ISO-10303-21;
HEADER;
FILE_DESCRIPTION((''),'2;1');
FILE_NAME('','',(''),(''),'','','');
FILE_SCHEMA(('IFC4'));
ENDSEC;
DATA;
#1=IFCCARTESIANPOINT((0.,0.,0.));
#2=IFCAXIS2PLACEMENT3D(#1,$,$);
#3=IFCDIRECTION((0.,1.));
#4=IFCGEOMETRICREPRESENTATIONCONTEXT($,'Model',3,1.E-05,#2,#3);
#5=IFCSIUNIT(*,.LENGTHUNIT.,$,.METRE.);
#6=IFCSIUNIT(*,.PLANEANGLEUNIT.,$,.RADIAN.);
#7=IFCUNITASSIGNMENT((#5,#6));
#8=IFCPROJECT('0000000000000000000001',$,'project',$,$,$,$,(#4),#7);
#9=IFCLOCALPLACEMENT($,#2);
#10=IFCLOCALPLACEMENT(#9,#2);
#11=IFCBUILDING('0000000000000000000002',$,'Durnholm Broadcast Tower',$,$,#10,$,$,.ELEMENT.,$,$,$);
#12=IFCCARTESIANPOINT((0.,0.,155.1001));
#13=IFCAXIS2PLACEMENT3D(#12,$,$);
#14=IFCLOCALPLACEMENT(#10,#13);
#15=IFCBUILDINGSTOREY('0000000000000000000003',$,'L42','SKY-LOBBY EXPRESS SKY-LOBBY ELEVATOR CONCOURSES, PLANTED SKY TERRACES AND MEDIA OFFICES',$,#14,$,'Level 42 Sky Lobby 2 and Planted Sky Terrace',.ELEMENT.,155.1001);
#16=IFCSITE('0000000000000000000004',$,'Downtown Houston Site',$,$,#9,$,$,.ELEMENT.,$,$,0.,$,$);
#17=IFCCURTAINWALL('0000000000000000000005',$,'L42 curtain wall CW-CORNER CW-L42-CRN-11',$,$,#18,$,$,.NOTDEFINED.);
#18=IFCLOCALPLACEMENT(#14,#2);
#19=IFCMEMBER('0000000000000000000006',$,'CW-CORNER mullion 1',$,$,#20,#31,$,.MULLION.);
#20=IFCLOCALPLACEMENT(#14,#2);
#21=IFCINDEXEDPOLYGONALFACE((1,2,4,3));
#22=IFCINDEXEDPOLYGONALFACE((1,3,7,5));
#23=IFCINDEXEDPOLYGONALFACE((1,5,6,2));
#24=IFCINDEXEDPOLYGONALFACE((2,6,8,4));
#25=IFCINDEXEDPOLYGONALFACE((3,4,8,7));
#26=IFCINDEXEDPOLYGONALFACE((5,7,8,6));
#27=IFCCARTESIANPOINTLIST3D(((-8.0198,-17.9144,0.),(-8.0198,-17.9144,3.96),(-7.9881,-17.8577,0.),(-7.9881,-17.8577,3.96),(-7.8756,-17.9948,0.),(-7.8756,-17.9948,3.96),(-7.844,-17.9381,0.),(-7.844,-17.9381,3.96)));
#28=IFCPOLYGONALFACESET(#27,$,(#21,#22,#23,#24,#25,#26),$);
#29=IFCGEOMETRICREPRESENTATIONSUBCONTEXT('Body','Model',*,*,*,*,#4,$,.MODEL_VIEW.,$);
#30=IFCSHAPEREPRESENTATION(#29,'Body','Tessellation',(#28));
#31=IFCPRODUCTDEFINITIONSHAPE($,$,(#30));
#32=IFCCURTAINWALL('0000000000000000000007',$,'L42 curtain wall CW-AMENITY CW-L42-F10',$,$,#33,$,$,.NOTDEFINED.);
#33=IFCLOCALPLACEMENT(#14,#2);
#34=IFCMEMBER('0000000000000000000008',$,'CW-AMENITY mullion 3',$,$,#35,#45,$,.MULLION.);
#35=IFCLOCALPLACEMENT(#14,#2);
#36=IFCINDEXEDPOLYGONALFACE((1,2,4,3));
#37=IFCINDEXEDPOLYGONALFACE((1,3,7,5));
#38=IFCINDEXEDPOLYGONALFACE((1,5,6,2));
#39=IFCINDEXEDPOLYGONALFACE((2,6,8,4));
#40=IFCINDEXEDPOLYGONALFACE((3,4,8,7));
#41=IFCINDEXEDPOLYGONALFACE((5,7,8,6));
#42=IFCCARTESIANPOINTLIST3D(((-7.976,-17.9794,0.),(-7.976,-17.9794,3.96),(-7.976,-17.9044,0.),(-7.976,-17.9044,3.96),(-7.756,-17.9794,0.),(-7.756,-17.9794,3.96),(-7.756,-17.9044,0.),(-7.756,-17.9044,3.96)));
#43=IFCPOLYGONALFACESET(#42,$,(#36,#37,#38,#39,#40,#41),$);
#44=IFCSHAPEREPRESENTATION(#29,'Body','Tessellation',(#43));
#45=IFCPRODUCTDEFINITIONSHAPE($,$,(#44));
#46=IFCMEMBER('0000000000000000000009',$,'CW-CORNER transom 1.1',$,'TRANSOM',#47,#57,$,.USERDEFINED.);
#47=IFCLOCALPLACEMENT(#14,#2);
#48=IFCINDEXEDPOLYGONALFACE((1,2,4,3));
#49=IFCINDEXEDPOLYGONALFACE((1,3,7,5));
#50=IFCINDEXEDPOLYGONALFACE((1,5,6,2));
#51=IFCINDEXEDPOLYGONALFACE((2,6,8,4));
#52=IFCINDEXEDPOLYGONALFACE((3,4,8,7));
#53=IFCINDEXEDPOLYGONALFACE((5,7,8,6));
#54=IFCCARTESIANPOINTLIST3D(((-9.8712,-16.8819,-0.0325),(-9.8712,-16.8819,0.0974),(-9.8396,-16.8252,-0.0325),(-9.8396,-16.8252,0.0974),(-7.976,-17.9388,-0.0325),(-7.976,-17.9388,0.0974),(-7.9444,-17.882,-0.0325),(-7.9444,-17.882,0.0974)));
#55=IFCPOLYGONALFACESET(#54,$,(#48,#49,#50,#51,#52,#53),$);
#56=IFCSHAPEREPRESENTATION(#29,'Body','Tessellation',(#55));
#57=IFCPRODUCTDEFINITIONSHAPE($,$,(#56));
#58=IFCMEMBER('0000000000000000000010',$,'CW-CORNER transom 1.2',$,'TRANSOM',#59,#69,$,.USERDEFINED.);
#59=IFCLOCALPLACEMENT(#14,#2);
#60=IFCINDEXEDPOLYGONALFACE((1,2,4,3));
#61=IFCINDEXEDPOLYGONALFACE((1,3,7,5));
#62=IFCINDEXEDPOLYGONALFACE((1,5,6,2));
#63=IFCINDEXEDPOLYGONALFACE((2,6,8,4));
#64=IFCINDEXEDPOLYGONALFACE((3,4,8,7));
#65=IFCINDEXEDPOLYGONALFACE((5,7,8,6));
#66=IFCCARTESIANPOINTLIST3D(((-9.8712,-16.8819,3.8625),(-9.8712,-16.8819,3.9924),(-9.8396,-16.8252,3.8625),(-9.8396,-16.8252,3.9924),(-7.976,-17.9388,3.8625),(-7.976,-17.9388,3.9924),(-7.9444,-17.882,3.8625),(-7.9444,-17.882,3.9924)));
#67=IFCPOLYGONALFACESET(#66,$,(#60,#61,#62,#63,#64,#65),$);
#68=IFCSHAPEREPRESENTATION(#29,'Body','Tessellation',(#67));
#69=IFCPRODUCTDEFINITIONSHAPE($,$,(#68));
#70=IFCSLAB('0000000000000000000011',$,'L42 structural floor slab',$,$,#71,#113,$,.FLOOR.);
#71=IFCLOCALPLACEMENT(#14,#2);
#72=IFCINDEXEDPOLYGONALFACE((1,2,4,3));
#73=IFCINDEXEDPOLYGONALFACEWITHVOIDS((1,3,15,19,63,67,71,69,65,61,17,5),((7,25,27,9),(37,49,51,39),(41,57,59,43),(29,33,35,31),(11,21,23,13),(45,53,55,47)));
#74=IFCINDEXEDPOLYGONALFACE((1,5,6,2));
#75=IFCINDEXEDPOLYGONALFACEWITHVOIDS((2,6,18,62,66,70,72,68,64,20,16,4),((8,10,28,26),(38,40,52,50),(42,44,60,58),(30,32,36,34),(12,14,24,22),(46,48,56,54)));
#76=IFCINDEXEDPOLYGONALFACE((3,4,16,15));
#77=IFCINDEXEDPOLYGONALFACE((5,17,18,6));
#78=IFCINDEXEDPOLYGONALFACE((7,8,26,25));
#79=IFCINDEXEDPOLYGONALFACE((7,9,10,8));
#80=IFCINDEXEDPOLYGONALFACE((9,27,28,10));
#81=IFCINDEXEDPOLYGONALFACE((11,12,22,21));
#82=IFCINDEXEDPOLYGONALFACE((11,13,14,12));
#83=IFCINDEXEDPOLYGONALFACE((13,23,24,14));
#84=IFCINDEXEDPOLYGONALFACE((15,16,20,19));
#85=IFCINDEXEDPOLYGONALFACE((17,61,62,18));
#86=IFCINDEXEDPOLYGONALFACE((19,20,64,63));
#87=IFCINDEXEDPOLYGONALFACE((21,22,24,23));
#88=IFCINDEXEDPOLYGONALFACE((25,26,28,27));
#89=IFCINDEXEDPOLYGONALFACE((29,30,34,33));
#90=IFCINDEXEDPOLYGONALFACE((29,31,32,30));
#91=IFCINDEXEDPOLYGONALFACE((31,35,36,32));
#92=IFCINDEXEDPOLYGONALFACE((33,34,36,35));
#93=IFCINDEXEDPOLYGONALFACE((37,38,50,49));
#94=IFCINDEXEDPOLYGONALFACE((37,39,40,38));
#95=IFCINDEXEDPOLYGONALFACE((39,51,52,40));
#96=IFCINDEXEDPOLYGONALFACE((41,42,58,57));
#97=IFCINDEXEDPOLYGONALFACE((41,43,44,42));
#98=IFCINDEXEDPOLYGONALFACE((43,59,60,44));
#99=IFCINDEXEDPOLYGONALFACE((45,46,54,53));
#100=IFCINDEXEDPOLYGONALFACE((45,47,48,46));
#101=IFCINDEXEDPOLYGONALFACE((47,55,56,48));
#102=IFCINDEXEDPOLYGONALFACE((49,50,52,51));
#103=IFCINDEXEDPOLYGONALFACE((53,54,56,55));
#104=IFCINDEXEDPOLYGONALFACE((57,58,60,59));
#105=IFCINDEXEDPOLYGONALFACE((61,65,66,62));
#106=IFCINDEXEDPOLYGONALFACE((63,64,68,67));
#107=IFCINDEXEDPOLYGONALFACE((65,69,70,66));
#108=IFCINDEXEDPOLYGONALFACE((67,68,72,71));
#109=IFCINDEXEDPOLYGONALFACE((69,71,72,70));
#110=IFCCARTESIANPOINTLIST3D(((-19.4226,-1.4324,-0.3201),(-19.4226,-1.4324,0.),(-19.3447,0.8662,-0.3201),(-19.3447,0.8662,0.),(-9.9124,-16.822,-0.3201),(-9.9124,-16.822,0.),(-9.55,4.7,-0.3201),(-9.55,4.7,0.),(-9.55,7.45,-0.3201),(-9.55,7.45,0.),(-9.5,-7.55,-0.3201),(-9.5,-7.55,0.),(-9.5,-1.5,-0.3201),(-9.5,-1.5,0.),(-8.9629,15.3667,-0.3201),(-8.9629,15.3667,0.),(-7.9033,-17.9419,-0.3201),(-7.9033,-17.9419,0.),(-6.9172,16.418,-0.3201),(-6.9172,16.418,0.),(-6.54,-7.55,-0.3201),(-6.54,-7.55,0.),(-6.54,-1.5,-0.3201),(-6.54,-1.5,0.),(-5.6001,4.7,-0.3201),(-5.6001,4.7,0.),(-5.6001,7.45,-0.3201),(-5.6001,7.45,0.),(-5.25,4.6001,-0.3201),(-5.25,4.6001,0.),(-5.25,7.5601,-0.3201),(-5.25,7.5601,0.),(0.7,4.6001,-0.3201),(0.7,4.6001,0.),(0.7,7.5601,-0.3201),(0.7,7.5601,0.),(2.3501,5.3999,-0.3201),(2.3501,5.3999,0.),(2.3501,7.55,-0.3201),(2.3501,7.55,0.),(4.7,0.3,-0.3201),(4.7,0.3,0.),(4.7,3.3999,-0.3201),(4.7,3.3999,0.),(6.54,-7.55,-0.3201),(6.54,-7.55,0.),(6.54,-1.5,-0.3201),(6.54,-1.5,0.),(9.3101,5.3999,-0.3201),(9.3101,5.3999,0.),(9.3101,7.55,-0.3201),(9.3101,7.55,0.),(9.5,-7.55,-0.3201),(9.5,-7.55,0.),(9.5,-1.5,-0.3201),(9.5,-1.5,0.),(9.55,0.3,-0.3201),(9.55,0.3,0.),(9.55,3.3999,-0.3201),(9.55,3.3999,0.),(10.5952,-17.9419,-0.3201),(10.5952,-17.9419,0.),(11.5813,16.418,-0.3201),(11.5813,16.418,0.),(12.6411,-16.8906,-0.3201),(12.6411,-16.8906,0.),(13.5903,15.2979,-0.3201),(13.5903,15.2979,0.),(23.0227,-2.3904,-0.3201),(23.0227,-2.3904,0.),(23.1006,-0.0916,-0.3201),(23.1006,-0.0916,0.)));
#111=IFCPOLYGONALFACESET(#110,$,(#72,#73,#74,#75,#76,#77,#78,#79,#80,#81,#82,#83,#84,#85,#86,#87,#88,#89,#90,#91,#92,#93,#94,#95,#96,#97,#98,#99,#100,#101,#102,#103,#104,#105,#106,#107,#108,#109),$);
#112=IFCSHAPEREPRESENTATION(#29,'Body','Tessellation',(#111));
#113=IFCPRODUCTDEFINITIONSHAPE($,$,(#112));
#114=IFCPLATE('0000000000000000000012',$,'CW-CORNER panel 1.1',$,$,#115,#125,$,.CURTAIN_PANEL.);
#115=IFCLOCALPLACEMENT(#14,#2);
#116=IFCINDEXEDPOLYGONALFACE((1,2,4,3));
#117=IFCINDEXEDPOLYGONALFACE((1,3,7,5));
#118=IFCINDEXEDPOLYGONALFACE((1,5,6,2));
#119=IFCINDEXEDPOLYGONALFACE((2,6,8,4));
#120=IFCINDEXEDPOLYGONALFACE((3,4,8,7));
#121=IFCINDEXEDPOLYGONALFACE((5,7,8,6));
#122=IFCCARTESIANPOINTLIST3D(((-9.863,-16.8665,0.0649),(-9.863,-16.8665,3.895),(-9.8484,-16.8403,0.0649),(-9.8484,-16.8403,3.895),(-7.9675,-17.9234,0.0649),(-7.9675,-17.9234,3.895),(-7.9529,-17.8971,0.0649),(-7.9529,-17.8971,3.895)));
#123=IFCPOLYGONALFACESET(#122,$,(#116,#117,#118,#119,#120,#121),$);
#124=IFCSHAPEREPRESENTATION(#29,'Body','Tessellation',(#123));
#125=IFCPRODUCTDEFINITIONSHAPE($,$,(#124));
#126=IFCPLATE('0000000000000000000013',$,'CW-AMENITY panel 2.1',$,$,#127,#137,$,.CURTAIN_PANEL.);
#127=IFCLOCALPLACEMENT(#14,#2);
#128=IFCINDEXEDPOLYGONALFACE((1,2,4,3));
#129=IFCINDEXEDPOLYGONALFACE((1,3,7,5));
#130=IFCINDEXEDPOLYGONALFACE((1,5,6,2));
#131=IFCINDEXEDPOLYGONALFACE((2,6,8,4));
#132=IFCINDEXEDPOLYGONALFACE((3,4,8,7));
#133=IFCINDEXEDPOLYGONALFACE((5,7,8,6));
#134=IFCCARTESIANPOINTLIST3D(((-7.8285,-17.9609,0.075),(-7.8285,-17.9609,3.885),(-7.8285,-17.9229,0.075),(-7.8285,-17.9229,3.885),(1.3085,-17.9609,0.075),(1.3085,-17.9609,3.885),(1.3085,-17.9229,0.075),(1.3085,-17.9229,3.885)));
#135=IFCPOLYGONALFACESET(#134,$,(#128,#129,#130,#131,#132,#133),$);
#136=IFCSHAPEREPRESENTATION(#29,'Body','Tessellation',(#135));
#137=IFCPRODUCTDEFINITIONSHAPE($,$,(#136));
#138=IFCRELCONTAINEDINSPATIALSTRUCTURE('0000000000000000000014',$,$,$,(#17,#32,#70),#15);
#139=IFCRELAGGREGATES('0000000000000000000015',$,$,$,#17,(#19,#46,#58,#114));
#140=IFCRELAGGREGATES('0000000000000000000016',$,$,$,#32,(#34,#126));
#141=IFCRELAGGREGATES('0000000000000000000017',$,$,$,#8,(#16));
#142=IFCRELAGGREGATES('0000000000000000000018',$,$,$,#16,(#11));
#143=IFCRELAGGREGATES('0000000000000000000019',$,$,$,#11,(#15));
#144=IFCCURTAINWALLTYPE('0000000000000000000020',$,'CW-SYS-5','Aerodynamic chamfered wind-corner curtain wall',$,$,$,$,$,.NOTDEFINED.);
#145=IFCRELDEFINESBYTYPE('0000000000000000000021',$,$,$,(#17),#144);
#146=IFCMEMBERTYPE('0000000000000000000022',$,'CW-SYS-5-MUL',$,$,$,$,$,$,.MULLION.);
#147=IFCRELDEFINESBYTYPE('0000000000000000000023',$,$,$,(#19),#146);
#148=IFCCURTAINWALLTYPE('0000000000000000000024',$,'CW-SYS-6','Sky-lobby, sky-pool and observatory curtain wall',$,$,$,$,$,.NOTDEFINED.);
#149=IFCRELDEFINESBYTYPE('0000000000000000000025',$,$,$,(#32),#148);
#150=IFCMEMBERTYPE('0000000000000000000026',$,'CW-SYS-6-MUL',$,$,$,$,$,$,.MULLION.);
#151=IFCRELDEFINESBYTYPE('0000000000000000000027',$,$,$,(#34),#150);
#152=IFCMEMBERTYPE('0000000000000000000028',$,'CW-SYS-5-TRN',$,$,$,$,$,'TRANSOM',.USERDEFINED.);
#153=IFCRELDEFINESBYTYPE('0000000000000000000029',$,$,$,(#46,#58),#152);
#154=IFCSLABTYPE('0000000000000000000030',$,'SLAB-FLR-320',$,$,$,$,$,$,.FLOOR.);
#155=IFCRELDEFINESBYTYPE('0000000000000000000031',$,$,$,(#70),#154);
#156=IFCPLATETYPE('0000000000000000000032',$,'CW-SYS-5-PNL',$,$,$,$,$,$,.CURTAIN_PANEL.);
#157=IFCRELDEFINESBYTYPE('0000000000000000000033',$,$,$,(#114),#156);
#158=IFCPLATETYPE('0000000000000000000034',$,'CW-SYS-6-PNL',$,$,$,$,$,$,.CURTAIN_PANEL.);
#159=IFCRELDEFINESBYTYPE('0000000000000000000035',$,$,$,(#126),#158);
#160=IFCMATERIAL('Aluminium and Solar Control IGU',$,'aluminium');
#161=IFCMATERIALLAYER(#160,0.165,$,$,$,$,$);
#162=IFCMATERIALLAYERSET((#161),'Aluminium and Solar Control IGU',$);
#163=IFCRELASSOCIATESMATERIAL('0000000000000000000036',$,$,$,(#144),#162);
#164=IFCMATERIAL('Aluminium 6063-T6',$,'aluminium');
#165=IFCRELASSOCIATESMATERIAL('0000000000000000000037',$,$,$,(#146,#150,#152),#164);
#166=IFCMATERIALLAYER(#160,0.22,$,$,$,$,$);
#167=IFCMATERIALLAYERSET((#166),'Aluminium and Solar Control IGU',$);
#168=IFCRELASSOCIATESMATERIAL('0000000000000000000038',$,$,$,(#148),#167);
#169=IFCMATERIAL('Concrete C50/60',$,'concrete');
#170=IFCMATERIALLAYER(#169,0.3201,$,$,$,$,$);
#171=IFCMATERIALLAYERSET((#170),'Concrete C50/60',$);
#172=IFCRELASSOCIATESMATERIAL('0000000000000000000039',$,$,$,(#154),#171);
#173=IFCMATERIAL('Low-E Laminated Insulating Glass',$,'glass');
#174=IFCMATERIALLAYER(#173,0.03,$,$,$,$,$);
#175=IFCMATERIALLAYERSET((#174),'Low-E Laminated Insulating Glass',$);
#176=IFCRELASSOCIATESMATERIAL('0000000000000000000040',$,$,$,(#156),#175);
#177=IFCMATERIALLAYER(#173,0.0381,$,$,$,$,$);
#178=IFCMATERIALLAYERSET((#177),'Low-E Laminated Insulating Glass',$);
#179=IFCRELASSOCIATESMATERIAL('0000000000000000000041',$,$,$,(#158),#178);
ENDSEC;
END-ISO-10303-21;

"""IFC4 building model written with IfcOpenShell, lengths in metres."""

from ifc_helpers import new_model, si_unit, direction, frame, origin, origin_2d, place, context, subcontext, project, spatial, polyline, rectangle, outline, extrude, source, transform, mapped, material, layer, layer_set, material_profile, profile_set, type_object, type_shapes, element, aggregate, save


model = new_model("IFC4")

# Units and contexts
model_context = context("Model", 3, precision=1e-05, world=origin(), true_north=direction((0.0, 1.0)))
body_context = subcontext(model_context, "Body", "Model", "MODEL_VIEW")
ifc_project = project(units=[si_unit("LENGTHUNIT", "METRE"), si_unit("PLANEANGLEUNIT", "RADIAN")], contexts=[model_context])

# Site, building, storey
site_placement = place(None, origin())
site = spatial("IfcSite", under=ifc_project, at=site_placement, Name="Downtown Houston Site", CompositionType="ELEMENT", RefElevation=0.0)
building_placement = place(site_placement, origin())
building = spatial("IfcBuilding", under=site, at=building_placement, Name="Durnholm Broadcast Tower", CompositionType="ELEMENT")
storey_placement = place(building_placement, frame((0.0, 0.0, 155.1001)))
storey = spatial("IfcBuildingStorey", under=building, at=storey_placement, Name="L42", Description="SKY-LOBBY EXPRESS SKY-LOBBY ELEVATOR CONCOURSES, PLANTED SKY TERRACES AND MEDIA OFFICES", LongName="Level 42 Sky Lobby 2 and Planted Sky Terrace", CompositionType="ELEMENT", Elevation=155.1001)

# Curtain walls, members
ifc_material_1 = material(Name="Aluminium and Solar Control IGU", Category="aluminium")
ifc_layer_1 = layer(ifc_material_1, 0.165)
ifc_layer_set_1 = layer_set([ifc_layer_1], Name="Aluminium and Solar Control IGU")
curtain_wall_type_1 = type_object("IfcCurtainWallType", Name="CW-SYS-5", Description="Aerodynamic chamfered wind-corner curtain wall", PredefinedType="NOTDEFINED", material=ifc_layer_set_1)
curtain_wall_1_placement = place(storey_placement, origin())
curtain_wall_1 = element("IfcCurtainWall", 1, at=curtain_wall_1_placement, inside=storey, type_object=curtain_wall_type_1, Name="L42 curtain wall CW-CORNER CW-L42-CRN-11", PredefinedType="NOTDEFINED")
ifc_material_2 = material(Name="Aluminium 6063-T6", Category="aluminium")
ifc_material_profile_1 = material_profile(ifc_material_2, rectangle(XDim=0.0649, YDim=0.165, at=origin_2d()), Name="CWM65X165")
ifc_profile_set_1 = profile_set([ifc_material_profile_1], Name="Aluminium 6063-T6")
member_type_1 = type_object("IfcMemberType", Name="CW-SYS-5-MUL", PredefinedType="MULLION", material=ifc_profile_set_1)
shared_shape_1 = source(origin(), body_context, "Body", "SweptSolid", [
    extrude(rectangle(XDim=0.0649, YDim=0.165, at=origin_2d()), origin(), (0.0, 0.0, 1.0), 3.96),
])
type_shapes(member_type_1, [shared_shape_1])
member_1_placement = place(storey_placement, frame((-7.9319, -17.9263, 0.0), z_axis=(0.0, 0.0, 1.0), x_axis=(-0.486986, -0.87341, 0.0)))
member_1 = element("IfcMember", 2, at=member_1_placement, type_object=member_type_1, Name="CW-CORNER mullion 1", PredefinedType="MULLION", context=body_context, shape_type="MappedRepresentation", body=[
    mapped(shared_shape_1, transform((0.0, 0.0, 0.0), x_axis=(1.0, 0.0, 0.0), y_axis=(0.0, 1.0, 0.0), z_axis=(0.0, 0.0, 1.0), scale=1.0)),
])
ifc_layer_2 = layer(ifc_material_1, 0.22)
ifc_layer_set_2 = layer_set([ifc_layer_2], Name="Aluminium and Solar Control IGU")
curtain_wall_type_2 = type_object("IfcCurtainWallType", Name="CW-SYS-6", Description="Sky-lobby, sky-pool and observatory curtain wall", PredefinedType="NOTDEFINED", material=ifc_layer_set_2)
curtain_wall_2_placement = place(storey_placement, origin())
curtain_wall_2 = element("IfcCurtainWall", 3, at=curtain_wall_2_placement, inside=storey, type_object=curtain_wall_type_2, Name="L42 curtain wall CW-AMENITY CW-L42-F10", PredefinedType="NOTDEFINED")
ifc_material_profile_2 = material_profile(ifc_material_2, rectangle(XDim=0.075, YDim=0.22, at=origin_2d()), Name="CWM75X220")
ifc_profile_set_2 = profile_set([ifc_material_profile_2], Name="Aluminium 6063-T6")
member_type_2 = type_object("IfcMemberType", Name="CW-SYS-6-MUL", PredefinedType="MULLION", material=ifc_profile_set_2)
shared_shape_2 = source(origin(), body_context, "Body", "SweptSolid", [
    extrude(rectangle(XDim=0.075, YDim=0.22, at=origin_2d()), origin(), (0.0, 0.0, 1.0), 3.96),
])
type_shapes(member_type_2, [shared_shape_2])
member_2_placement = place(storey_placement, frame((-7.866, -17.9419, 0.0), z_axis=(0.0, 0.0, 1.0), x_axis=(0.0, -1.0, 0.0)))
member_2 = element("IfcMember", 4, at=member_2_placement, type_object=member_type_2, Name="CW-AMENITY mullion 3", PredefinedType="MULLION", context=body_context, shape_type="MappedRepresentation", body=[
    mapped(shared_shape_2, transform((0.0, 0.0, 0.0), x_axis=(1.0, 0.0, 0.0), y_axis=(0.0, 1.0, 0.0), z_axis=(0.0, 0.0, 1.0), scale=1.0)),
])

# Members
ifc_material_profile_3 = material_profile(ifc_material_2, rectangle(XDim=0.0649, YDim=0.1299, at=origin_2d()), Name="CWT65X130")
ifc_profile_set_3 = profile_set([ifc_material_profile_3], Name="Aluminium 6063-T6")
member_type_3 = type_object("IfcMemberType", Name="CW-SYS-5-TRN", ElementType="TRANSOM", PredefinedType="USERDEFINED", material=ifc_profile_set_3)
shared_shape_3 = source(origin(), body_context, "Body", "SweptSolid", [
    extrude(rectangle(XDim=0.0649, YDim=0.1299, at=origin_2d()), origin(), (0.0, 0.0, 1.0), 2.1699),
])
type_shapes(member_type_3, [shared_shape_3])
member_3_placement = place(storey_placement, frame((-7.9602, -17.9104, 0.0325), z_axis=(-0.873381, 0.487037, 0.0), x_axis=(-0.487037, -0.873381, 0.0)))
member_3 = element("IfcMember", 5, at=member_3_placement, type_object=member_type_3, Name="CW-CORNER transom 1.1", ObjectType="TRANSOM", PredefinedType="USERDEFINED", context=body_context, shape_type="MappedRepresentation", body=[
    mapped(shared_shape_3, transform((0.0, 0.0, 0.0), x_axis=(1.0, 0.0, 0.0), y_axis=(0.0, 1.0, 0.0), z_axis=(0.0, 0.0, 1.0), scale=1.0)),
])
member_4_placement = place(storey_placement, frame((-7.9602, -17.9104, 3.9275), z_axis=(-0.873381, 0.487037, 0.0), x_axis=(-0.487037, -0.873381, 0.0)))
member_4 = element("IfcMember", 6, at=member_4_placement, type_object=member_type_3, Name="CW-CORNER transom 1.2", ObjectType="TRANSOM", PredefinedType="USERDEFINED", context=body_context, shape_type="MappedRepresentation", body=[
    mapped(shared_shape_3, transform((0.0, 0.0, 0.0), x_axis=(1.0, 0.0, 0.0), y_axis=(0.0, 1.0, 0.0), z_axis=(0.0, 0.0, 1.0), scale=1.0)),
])

# Slab
ifc_material_3 = material(Name="Concrete C50/60", Category="concrete")
ifc_layer_3 = layer(ifc_material_3, 0.3201)
ifc_layer_set_3 = layer_set([ifc_layer_3], Name="Concrete C50/60")
slab_type = type_object("IfcSlabType", Name="SLAB-FLR-320", PredefinedType="FLOOR", material=ifc_layer_set_3)
slab_placement = place(storey_placement, frame((0.0, 0.0, -0.3201)))
element("IfcSlab", 7, at=slab_placement, inside=storey, type_object=slab_type, Name="L42 structural floor slab", PredefinedType="FLOOR", context=body_context, shape_type="SweptSolid", body=[
    extrude(outline(polyline([(-9.9124, -16.822), (-7.9033, -17.9419), (10.5952, -17.9419), (12.6411, -16.8906), (23.0227, -2.3904), (23.1006, -0.0916), (13.5903, 15.2979), (11.5813, 16.418), (-6.9172, 16.418), (-8.9629, 15.3667), (-19.3447, 0.8662), (-19.4226, -1.4324), (-9.9124, -16.822)]), holes=[polyline([(-6.54, -1.5), (-9.5, -1.5), (-9.5, -7.55), (-6.54, -7.55), (-6.54, -1.5)]), polyline([(9.5, -7.55), (9.5, -1.5), (6.54, -1.5), (6.54, -7.55), (9.5, -7.55)]), polyline([(9.55, 3.3999), (4.7, 3.3999), (4.7, 0.3), (9.55, 0.3), (9.55, 3.3999)]), polyline([(-9.55, 7.45), (-9.55, 4.7), (-5.6001, 4.7), (-5.6001, 7.45), (-9.55, 7.45)]), polyline([(-5.25, 4.6001), (0.7, 4.6001), (0.7, 7.5601), (-5.25, 7.5601), (-5.25, 4.6001)]), polyline([(9.3101, 7.55), (2.3501, 7.55), (2.3501, 5.3999), (9.3101, 5.3999), (9.3101, 7.55)])]), origin(), (0.0, 0.0, 1.0), 0.3201),
])

# Plates
ifc_material_4 = material(Name="Low-E Laminated Insulating Glass", Category="glass")
ifc_layer_4 = layer(ifc_material_4, 0.03)
ifc_layer_set_4 = layer_set([ifc_layer_4], Name="Low-E Laminated Insulating Glass")
plate_type_1 = type_object("IfcPlateType", Name="CW-SYS-5-PNL", PredefinedType="CURTAIN_PANEL", material=ifc_layer_set_4)
shared_shape_4 = source(origin(), body_context, "Body", "SweptSolid", [
    extrude(rectangle(XDim=2.1702, YDim=0.03, at=origin_2d()), origin(), (0.0, 0.0, 1.0), 3.8301),
])
type_shapes(plate_type_1, [shared_shape_4])
plate_1_placement = place(storey_placement, frame((-8.908, -17.3818, 0.0649), z_axis=(0.0, 0.0, 1.0), x_axis=(-0.87341, 0.486986, 0.0)))
plate_1 = element("IfcPlate", 8, at=plate_1_placement, type_object=plate_type_1, Name="CW-CORNER panel 1.1", PredefinedType="CURTAIN_PANEL", context=body_context, shape_type="MappedRepresentation", body=[
    mapped(shared_shape_4, transform((0.0, 0.0, 0.0), x_axis=(1.0, 0.0, 0.0), y_axis=(0.0, 1.0, 0.0), z_axis=(0.0, 0.0, 1.0), scale=1.0)),
])
aggregate(curtain_wall_1, [member_1, member_3, member_4, plate_1])
ifc_layer_5 = layer(ifc_material_4, 0.0381)
ifc_layer_set_5 = layer_set([ifc_layer_5], Name="Low-E Laminated Insulating Glass")
plate_type_2 = type_object("IfcPlateType", Name="CW-SYS-6-PNL", PredefinedType="CURTAIN_PANEL", material=ifc_layer_set_5)
shared_shape_5 = source(origin(), body_context, "Body", "SweptSolid", [
    extrude(rectangle(XDim=9.137, YDim=0.0381, at=origin_2d()), origin(), (0.0, 0.0, 1.0), 3.8101),
])
type_shapes(plate_type_2, [shared_shape_5])
plate_2_placement = place(storey_placement, frame((-3.26, -17.9419, 0.075), z_axis=(0.0, 0.0, 1.0), x_axis=(-1.0, 0.0, 0.0)))
plate_2 = element("IfcPlate", 9, at=plate_2_placement, type_object=plate_type_2, Name="CW-AMENITY panel 2.1", PredefinedType="CURTAIN_PANEL", context=body_context, shape_type="MappedRepresentation", body=[
    mapped(shared_shape_5, transform((0.0, 0.0, 0.0), x_axis=(1.0, 0.0, 0.0), y_axis=(0.0, 1.0, 0.0), z_axis=(0.0, 0.0, 1.0), scale=1.0)),
])
aggregate(curtain_wall_2, [member_2, plate_2])

save(model, "model.ifc")
